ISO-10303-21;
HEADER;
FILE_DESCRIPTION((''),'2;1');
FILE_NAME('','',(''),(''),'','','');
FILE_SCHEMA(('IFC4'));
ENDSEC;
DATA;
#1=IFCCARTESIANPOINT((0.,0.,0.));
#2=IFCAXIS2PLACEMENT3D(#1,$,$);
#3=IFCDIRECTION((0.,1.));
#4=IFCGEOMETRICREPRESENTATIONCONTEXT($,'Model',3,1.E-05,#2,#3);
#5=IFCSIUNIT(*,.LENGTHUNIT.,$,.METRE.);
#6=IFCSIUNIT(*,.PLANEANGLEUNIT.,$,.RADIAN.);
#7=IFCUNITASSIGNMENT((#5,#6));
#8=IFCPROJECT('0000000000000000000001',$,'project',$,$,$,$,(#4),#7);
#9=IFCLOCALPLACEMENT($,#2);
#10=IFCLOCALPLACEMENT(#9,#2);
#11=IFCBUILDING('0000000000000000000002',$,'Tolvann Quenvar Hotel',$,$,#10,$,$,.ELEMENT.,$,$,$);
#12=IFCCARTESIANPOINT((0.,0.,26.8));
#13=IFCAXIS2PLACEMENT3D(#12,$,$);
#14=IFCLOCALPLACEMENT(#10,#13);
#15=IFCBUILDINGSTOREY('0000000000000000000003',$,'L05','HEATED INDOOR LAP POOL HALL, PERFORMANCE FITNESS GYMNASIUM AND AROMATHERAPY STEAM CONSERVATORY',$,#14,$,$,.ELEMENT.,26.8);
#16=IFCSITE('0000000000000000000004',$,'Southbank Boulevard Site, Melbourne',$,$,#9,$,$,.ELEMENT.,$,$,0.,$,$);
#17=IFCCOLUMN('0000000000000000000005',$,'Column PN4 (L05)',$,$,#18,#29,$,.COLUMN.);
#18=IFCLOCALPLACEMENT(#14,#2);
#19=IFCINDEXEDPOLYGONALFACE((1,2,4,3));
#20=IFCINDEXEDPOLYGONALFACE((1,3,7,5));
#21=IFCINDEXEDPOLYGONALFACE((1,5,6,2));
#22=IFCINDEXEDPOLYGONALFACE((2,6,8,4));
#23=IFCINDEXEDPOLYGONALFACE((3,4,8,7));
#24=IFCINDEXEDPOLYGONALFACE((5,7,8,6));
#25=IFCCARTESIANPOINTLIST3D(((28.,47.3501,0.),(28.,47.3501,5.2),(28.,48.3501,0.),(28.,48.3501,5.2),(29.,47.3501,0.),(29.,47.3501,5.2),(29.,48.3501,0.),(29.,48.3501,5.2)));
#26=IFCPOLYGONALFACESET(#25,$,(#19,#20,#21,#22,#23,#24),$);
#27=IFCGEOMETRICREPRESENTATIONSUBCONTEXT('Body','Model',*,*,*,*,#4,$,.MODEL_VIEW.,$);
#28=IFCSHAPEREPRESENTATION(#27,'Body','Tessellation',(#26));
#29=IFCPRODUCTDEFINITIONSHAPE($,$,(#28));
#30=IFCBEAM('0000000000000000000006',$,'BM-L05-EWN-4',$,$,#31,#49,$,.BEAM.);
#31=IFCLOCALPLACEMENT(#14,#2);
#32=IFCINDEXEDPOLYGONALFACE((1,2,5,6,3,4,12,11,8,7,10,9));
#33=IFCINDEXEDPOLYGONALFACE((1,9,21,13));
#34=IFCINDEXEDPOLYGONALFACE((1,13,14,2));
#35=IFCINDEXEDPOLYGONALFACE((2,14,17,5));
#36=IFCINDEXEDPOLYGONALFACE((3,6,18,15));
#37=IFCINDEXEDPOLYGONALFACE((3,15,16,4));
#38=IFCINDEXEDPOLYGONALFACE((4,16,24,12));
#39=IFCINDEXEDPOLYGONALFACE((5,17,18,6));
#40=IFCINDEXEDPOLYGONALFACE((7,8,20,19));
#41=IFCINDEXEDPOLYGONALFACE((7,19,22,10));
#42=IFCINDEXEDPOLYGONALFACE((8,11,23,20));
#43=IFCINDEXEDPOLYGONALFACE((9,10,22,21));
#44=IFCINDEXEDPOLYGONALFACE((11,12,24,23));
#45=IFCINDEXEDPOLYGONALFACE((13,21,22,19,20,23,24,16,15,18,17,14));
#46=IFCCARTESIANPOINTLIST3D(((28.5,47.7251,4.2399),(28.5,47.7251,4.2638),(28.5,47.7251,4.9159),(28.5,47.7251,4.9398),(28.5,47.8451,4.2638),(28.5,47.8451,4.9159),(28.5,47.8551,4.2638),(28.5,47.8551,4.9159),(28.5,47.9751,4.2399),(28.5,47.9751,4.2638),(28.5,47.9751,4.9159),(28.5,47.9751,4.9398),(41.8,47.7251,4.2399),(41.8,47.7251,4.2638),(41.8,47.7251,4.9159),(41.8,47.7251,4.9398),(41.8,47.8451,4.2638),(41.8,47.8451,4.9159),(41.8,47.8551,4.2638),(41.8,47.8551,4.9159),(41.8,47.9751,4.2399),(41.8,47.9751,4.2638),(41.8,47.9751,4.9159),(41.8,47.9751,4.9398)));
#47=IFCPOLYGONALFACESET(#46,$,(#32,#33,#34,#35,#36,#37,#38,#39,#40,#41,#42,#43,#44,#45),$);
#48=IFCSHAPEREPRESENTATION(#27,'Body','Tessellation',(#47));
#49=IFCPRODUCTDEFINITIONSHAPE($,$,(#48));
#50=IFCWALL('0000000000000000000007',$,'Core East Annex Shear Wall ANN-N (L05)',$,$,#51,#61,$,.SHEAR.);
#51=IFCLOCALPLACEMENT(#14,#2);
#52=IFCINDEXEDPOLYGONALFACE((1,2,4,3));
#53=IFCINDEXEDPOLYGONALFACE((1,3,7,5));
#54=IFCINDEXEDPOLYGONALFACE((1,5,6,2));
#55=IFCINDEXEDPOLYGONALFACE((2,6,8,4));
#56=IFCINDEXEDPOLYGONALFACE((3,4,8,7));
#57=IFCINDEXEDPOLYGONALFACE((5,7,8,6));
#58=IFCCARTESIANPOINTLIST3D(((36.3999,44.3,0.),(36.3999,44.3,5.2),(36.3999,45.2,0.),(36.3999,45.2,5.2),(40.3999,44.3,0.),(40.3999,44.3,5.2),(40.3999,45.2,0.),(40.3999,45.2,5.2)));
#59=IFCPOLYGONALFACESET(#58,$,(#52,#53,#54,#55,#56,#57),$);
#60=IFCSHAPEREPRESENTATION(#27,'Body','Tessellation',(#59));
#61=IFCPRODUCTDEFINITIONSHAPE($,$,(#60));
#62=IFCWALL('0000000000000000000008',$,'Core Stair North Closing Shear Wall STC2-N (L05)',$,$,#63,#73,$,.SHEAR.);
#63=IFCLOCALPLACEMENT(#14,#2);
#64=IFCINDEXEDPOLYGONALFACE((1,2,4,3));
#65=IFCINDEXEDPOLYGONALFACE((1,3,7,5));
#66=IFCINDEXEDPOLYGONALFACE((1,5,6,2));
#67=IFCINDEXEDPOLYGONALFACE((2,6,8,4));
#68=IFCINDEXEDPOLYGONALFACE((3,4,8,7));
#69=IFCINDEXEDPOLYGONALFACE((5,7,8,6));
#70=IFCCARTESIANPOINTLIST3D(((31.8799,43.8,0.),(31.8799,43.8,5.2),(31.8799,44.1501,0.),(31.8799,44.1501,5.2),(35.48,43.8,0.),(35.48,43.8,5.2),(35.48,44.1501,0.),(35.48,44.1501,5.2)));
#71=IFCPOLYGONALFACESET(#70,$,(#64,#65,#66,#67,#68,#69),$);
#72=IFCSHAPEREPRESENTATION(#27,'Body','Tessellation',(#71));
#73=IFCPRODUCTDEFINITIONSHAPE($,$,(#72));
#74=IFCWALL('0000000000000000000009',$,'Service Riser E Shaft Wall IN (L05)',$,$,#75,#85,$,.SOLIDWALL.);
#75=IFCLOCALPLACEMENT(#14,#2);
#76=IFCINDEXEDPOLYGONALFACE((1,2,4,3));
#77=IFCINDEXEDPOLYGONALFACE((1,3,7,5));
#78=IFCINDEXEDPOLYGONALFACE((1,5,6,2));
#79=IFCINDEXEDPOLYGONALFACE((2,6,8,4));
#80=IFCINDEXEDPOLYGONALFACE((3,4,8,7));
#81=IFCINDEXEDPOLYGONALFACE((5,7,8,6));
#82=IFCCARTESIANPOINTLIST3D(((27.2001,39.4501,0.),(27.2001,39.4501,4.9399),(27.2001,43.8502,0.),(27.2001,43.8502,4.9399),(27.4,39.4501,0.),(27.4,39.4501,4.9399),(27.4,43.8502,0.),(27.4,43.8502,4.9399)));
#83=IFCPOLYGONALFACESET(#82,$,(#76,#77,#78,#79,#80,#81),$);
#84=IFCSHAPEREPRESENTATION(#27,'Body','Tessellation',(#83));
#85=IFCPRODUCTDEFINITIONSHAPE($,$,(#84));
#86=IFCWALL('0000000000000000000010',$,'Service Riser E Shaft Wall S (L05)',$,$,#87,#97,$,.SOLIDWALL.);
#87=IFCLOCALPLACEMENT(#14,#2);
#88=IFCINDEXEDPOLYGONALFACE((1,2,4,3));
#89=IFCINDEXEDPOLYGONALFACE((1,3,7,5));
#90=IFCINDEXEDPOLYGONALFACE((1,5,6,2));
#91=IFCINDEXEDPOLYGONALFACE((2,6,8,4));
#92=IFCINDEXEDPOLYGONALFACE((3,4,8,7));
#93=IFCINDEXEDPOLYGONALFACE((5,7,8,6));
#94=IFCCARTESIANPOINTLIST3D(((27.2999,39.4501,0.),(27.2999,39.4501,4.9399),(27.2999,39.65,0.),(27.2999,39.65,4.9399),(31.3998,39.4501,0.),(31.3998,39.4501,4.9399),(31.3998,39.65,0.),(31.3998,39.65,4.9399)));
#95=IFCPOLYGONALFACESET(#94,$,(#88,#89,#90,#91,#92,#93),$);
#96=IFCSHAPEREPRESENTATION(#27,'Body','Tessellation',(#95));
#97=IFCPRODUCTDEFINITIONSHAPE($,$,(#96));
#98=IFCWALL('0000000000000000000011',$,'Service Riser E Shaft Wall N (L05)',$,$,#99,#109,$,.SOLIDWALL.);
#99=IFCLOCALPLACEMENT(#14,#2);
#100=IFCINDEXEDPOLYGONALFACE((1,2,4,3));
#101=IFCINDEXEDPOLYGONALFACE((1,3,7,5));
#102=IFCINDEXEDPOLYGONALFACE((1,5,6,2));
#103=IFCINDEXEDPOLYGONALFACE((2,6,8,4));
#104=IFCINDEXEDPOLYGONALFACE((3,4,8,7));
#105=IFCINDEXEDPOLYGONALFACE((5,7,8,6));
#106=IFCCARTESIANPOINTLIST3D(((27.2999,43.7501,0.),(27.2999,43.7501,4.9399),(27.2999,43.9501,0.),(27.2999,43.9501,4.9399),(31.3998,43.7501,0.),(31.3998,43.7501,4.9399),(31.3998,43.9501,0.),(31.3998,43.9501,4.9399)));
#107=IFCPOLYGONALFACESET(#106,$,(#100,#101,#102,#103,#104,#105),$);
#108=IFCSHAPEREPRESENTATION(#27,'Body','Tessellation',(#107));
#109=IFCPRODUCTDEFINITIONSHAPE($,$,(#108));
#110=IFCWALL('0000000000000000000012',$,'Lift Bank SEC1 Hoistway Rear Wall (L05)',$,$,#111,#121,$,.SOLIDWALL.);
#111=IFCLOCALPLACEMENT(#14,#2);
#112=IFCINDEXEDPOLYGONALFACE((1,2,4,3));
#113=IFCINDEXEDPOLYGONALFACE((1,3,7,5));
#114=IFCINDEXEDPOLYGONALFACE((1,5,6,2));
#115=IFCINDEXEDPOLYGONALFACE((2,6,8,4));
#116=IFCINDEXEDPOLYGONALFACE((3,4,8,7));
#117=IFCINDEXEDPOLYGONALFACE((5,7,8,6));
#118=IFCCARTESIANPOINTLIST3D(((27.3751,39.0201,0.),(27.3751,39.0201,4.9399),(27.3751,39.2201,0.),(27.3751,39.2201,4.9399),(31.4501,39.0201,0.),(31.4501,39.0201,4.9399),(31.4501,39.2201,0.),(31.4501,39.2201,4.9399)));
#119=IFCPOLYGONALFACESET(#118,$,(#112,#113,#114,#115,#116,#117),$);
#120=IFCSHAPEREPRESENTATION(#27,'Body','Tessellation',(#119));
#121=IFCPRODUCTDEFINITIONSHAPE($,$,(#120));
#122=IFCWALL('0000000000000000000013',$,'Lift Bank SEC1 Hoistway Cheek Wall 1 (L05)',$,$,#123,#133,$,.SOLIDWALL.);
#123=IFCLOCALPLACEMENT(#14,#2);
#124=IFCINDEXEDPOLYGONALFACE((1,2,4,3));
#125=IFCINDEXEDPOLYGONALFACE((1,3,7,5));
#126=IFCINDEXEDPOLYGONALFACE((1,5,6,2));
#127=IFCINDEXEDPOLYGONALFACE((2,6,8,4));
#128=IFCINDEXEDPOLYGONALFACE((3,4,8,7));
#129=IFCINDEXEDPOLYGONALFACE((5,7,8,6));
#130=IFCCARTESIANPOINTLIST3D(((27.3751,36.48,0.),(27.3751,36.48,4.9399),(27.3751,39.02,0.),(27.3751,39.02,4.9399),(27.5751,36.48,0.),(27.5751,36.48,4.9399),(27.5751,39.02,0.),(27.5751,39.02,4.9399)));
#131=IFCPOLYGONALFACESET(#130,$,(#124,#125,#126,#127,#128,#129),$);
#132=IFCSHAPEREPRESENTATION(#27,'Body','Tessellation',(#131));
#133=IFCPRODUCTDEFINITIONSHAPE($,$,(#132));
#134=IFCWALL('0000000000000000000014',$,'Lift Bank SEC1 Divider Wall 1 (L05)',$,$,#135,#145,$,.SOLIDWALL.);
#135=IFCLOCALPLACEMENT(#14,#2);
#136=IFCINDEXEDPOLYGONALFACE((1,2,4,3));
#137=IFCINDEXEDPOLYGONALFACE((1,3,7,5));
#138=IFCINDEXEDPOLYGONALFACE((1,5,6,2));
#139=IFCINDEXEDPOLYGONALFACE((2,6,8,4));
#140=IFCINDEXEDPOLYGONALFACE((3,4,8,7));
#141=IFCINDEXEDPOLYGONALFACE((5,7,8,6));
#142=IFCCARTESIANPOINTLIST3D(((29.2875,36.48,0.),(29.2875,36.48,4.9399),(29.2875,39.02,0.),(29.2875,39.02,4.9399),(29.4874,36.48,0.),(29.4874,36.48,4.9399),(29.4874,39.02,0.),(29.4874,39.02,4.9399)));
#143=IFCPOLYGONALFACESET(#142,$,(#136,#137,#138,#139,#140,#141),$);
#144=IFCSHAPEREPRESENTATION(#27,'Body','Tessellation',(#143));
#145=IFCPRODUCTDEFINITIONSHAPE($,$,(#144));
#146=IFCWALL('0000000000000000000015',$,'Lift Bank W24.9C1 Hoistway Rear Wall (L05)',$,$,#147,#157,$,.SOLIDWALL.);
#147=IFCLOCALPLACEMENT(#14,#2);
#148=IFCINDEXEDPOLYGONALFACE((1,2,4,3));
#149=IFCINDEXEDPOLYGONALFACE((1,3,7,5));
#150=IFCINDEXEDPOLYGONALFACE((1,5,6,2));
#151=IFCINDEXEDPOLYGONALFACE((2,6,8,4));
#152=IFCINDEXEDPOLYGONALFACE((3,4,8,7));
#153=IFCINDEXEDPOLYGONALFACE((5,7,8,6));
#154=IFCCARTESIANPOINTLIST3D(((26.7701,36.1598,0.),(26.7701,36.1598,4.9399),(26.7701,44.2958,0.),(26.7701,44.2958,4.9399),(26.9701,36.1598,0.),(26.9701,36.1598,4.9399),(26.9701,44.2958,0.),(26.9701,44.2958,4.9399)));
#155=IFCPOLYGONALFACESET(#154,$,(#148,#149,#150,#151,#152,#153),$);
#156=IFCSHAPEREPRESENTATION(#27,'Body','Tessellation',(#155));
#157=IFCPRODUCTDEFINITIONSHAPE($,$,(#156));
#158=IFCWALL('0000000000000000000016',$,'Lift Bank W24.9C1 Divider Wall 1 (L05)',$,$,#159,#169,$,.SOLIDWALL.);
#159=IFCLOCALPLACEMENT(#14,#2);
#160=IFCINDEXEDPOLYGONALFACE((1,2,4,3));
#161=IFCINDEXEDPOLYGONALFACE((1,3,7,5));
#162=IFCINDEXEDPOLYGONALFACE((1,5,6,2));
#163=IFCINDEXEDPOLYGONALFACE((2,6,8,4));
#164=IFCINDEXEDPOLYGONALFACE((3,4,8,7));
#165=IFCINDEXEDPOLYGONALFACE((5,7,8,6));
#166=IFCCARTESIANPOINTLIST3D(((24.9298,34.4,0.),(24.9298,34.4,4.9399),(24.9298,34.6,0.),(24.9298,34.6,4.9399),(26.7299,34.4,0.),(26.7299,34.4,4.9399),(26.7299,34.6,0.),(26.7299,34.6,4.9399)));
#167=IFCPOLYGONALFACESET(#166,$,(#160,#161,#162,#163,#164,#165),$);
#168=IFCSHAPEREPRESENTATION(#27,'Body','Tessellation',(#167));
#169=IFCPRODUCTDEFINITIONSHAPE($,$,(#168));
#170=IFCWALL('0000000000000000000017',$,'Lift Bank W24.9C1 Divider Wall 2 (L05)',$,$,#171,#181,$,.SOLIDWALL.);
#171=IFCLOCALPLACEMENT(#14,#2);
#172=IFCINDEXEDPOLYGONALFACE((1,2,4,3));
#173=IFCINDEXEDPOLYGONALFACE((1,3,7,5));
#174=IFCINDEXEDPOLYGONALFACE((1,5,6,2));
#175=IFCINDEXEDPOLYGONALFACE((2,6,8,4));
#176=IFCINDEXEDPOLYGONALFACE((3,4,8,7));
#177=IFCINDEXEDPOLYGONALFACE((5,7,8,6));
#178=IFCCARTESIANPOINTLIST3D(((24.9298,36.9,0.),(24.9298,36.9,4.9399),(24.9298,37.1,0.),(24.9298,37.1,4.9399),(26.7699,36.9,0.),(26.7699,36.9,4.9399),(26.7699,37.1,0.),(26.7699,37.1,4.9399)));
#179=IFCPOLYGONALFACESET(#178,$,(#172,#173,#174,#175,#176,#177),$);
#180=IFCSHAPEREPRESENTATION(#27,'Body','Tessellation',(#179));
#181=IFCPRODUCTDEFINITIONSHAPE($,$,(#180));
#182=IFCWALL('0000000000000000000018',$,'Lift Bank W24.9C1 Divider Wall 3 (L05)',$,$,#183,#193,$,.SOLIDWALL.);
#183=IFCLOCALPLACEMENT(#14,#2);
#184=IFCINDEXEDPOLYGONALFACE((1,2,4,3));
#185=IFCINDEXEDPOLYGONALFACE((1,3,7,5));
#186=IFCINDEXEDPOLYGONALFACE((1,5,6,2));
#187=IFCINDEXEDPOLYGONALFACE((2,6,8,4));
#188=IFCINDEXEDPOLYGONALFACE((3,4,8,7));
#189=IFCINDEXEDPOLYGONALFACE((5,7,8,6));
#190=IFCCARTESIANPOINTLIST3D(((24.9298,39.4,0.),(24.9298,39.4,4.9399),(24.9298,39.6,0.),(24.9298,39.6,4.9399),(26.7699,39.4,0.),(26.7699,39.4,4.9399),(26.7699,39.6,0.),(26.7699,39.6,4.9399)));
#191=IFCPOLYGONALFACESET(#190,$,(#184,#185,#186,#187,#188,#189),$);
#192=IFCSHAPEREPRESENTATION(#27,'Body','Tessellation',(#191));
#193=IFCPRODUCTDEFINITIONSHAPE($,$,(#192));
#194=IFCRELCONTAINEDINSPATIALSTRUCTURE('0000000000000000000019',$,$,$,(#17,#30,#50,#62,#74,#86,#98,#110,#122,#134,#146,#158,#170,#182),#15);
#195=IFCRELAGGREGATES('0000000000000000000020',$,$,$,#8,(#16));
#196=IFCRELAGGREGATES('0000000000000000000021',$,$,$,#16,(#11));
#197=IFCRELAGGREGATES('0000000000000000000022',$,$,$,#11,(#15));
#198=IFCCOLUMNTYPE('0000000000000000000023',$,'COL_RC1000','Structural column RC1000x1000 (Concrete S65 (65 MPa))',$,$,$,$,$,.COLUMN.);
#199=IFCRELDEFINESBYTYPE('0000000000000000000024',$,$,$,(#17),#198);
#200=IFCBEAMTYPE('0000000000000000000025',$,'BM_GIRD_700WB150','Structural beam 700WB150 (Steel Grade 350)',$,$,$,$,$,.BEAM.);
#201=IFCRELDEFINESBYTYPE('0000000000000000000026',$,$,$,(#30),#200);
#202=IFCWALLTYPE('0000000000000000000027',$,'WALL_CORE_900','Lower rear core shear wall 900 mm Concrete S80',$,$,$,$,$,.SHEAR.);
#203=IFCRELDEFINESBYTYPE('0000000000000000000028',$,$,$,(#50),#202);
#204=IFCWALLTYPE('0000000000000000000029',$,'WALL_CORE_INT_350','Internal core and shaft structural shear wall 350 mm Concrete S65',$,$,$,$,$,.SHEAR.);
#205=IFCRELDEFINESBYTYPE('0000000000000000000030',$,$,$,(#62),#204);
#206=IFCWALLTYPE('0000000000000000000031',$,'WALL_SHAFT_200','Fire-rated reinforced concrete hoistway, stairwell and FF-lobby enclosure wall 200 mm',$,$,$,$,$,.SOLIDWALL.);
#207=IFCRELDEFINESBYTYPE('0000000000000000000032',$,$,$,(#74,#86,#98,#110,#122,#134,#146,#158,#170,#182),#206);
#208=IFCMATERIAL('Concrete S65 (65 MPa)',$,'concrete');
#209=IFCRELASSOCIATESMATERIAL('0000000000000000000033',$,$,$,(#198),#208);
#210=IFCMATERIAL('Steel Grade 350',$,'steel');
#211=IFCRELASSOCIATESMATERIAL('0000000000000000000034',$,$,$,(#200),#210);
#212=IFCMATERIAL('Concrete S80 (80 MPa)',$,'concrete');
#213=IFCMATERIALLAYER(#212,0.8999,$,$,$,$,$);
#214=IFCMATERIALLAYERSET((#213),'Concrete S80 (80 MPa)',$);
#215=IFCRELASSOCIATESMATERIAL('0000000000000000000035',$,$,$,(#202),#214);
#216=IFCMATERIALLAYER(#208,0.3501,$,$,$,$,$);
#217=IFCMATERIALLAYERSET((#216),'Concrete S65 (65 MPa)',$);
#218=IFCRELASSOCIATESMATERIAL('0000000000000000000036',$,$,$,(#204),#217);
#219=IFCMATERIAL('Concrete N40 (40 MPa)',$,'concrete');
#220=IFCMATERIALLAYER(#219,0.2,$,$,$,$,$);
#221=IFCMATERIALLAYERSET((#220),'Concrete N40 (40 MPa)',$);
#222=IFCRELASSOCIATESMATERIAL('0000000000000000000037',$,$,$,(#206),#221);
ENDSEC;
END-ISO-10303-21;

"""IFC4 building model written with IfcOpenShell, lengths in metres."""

from ifc_helpers import new_model, si_unit, direction, frame, frame_2d, origin, origin_2d, place, context, subcontext, project, spatial, rectangle, i_section, extrude, source, transform, mapped, material, layer, layer_set, material_profile, profile_set, type_object, type_shapes, element, save


model = new_model("IFC4")

# Units and contexts
model_context = context("Model", 3, precision=1e-05, world=origin(), true_north=direction((0.0, 1.0)))
body_context = subcontext(model_context, "Body", "Model", "MODEL_VIEW")
ifc_project = project(units=[si_unit("LENGTHUNIT", "METRE"), si_unit("PLANEANGLEUNIT", "RADIAN")], contexts=[model_context])

# Site, building, storey
site_placement = place(None, origin())
site = spatial("IfcSite", under=ifc_project, at=site_placement, Name="Southbank Boulevard Site, Melbourne", CompositionType="ELEMENT", RefElevation=0.0)
building_placement = place(site_placement, origin())
building = spatial("IfcBuilding", under=site, at=building_placement, Name="Tolvann Quenvar Hotel", CompositionType="ELEMENT")
storey_placement = place(building_placement, frame((0.0, 0.0, 26.8)))
storey = spatial("IfcBuildingStorey", under=building, at=storey_placement, Name="L05", Description="HEATED INDOOR LAP POOL HALL, PERFORMANCE FITNESS GYMNASIUM AND AROMATHERAPY STEAM CONSERVATORY", CompositionType="ELEMENT", Elevation=26.8)

# Column
ifc_material_1 = material(Name="Concrete S65 (65 MPa)", Category="concrete")
ifc_material_profile_1 = material_profile(ifc_material_1, rectangle(XDim=1.0, YDim=1.0, at=origin_2d()), Name="RC1000x1000")
ifc_profile_set_1 = profile_set([ifc_material_profile_1], Name="Concrete S65 (65 MPa)")
column_type = type_object("IfcColumnType", Name="COL_RC1000", Description="Structural column RC1000x1000 (Concrete S65 (65 MPa))", PredefinedType="COLUMN", material=ifc_profile_set_1)
shared_shape_1 = source(origin(), body_context, "Body", "SweptSolid", [
    extrude(rectangle(XDim=1.0, YDim=1.0, at=origin_2d()), origin(), (0.0, 0.0, 1.0), 5.2),
])
type_shapes(column_type, [shared_shape_1])
column_placement = place(storey_placement, frame((28.5, 47.8501, 0.0), z_axis=(0.0, 0.0, 1.0), x_axis=(1.0, 0.0, 0.0)))
element("IfcColumn", 1, at=column_placement, inside=storey, type_object=column_type, Name="Column PN4 (L05)", PredefinedType="COLUMN", context=body_context, shape_type="MappedRepresentation", body=[
    mapped(shared_shape_1, transform((0.0, 0.0, 0.0), x_axis=(1.0, 0.0, 0.0), y_axis=(0.0, 1.0, 0.0), z_axis=(0.0, 0.0, 1.0), scale=1.0)),
])

# Beam
ifc_material_2 = material(Name="Steel Grade 350", Category="steel")
ifc_material_profile_2 = material_profile(ifc_material_2, i_section(OverallWidth=0.25, OverallDepth=0.7, WebThickness=0.01, FlangeThickness=0.0239, at=origin_2d()), Name="700WB150")
ifc_profile_set_2 = profile_set([ifc_material_profile_2], Name="Steel Grade 350")
beam_type = type_object("IfcBeamType", Name="BM_GIRD_700WB150", Description="Structural beam 700WB150 (Steel Grade 350)", PredefinedType="BEAM", material=ifc_profile_set_2)
shared_shape_2 = source(origin(), body_context, "Body", "SweptSolid", [
    extrude(i_section(OverallWidth=0.25, OverallDepth=0.7, WebThickness=0.01, FlangeThickness=0.0239, at=origin_2d()), origin(), (0.0, 0.0, 1.0), 13.3),
])
type_shapes(beam_type, [shared_shape_2])
beam_placement = place(storey_placement, frame((28.5, 47.8501, 4.5898), z_axis=(1.0, 0.0, 0.0), x_axis=(0.0, 1.0, 0.0)))
element("IfcBeam", 2, at=beam_placement, inside=storey, type_object=beam_type, Name="BM-L05-EWN-4", PredefinedType="BEAM", context=body_context, shape_type="MappedRepresentation", body=[
    mapped(shared_shape_2, transform((0.0, 0.0, 0.0), x_axis=(1.0, 0.0, 0.0), y_axis=(0.0, 1.0, 0.0), z_axis=(0.0, 0.0, 1.0), scale=1.0)),
])

# Walls
ifc_material_3 = material(Name="Concrete S80 (80 MPa)", Category="concrete")
ifc_layer_1 = layer(ifc_material_3, 0.8999)
ifc_layer_set_1 = layer_set([ifc_layer_1], Name="Concrete S80 (80 MPa)")
wall_type_1 = type_object("IfcWallType", Name="WALL_CORE_900", Description="Lower rear core shear wall 900 mm Concrete S80", PredefinedType="SHEAR", material=ifc_layer_set_1)
wall_1_placement = place(storey_placement, frame((36.3999, 44.75, 0.0), z_axis=(0.0, 0.0, 1.0), x_axis=(1.0, 0.0, 0.0)))
element("IfcWall", 3, at=wall_1_placement, inside=storey, type_object=wall_type_1, Name="Core East Annex Shear Wall ANN-N (L05)", PredefinedType="SHEAR", context=body_context, shape_type="SweptSolid", body=[
    extrude(rectangle(XDim=4.0, YDim=0.8999, at=frame_2d((2.0, 0.0))), origin(), (0.0, 0.0, 1.0), 5.2),
])
ifc_layer_2 = layer(ifc_material_1, 0.3501)
ifc_layer_set_2 = layer_set([ifc_layer_2], Name="Concrete S65 (65 MPa)")
wall_type_2 = type_object("IfcWallType", Name="WALL_CORE_INT_350", Description="Internal core and shaft structural shear wall 350 mm Concrete S65", PredefinedType="SHEAR", material=ifc_layer_set_2)
wall_2_placement = place(storey_placement, frame((31.8799, 43.9751, 0.0), z_axis=(0.0, 0.0, 1.0), x_axis=(1.0, 0.0, 0.0)))
element("IfcWall", 4, at=wall_2_placement, inside=storey, type_object=wall_type_2, Name="Core Stair North Closing Shear Wall STC2-N (L05)", PredefinedType="SHEAR", context=body_context, shape_type="SweptSolid", body=[
    extrude(rectangle(XDim=3.6001, YDim=0.3501, at=frame_2d((1.8, 0.0))), origin(), (0.0, 0.0, 1.0), 5.2),
])
ifc_material_4 = material(Name="Concrete N40 (40 MPa)", Category="concrete")
ifc_layer_3 = layer(ifc_material_4, 0.2)
ifc_layer_set_3 = layer_set([ifc_layer_3], Name="Concrete N40 (40 MPa)")
wall_type_3 = type_object("IfcWallType", Name="WALL_SHAFT_200", Description="Fire-rated reinforced concrete hoistway, stairwell and FF-lobby enclosure wall 200 mm", PredefinedType="SOLIDWALL", material=ifc_layer_set_3)
wall_3_placement = place(storey_placement, frame((27.3, 39.45, 0.0), z_axis=(0.0, 0.0, 1.0), x_axis=(0.0, 1.0, 0.0)))
element("IfcWall", 5, at=wall_3_placement, inside=storey, type_object=wall_type_3, Name="Service Riser E Shaft Wall IN (L05)", PredefinedType="SOLIDWALL", context=body_context, shape_type="SweptSolid", body=[
    extrude(rectangle(XDim=4.4001, YDim=0.2, at=frame_2d((2.2002, 0.0))), origin(), (0.0, 0.0, 1.0), 4.9399),
])
for number, where, z_axis, x_axis, name in (
    (6, (27.3, 39.55, 0.0), (0.0, 0.0, 1.0), (1.0, 0.0, 0.0), "Service Riser E Shaft Wall S (L05)"),
    (7, (27.3, 43.8501, 0.0), (0.0, 0.0, 1.0), (1.0, 0.0, 0.0), "Service Riser E Shaft Wall N (L05)"),
):
    element("IfcWall", number, at=place(storey_placement, frame(where, z_axis=z_axis, x_axis=x_axis)), inside=storey, type_object=wall_type_3, Name=name, PredefinedType="SOLIDWALL", context=body_context, shape_type="SweptSolid", body=[
        extrude(rectangle(XDim=4.0999, YDim=0.2, at=frame_2d((2.0498, 0.0))), origin(), (0.0, 0.0, 1.0), 4.9399),
    ])

# Walls
wall_4_placement = place(storey_placement, frame((27.375, 39.1201, 0.0), z_axis=(0.0, 0.0, 1.0), x_axis=(1.0, 0.0, 0.0)))
element("IfcWall", 8, at=wall_4_placement, inside=storey, type_object=wall_type_3, Name="Lift Bank SEC1 Hoistway Rear Wall (L05)", PredefinedType="SOLIDWALL", context=body_context, shape_type="SweptSolid", body=[
    extrude(rectangle(XDim=4.075, YDim=0.2, at=frame_2d((2.0376, 0.0))), origin(), (0.0, 0.0, 1.0), 4.9399),
])
for number, where, z_axis, x_axis, name in (
    (9, (27.4751, 36.48, 0.0), (0.0, 0.0, 1.0), (0.0, 1.0, 0.0), "Lift Bank SEC1 Hoistway Cheek Wall 1 (L05)"),
    (10, (29.3875, 36.48, 0.0), (0.0, 0.0, 1.0), (0.0, 1.0, 0.0), "Lift Bank SEC1 Divider Wall 1 (L05)"),
):
    element("IfcWall", number, at=place(storey_placement, frame(where, z_axis=z_axis, x_axis=x_axis)), inside=storey, type_object=wall_type_3, Name=name, PredefinedType="SOLIDWALL", context=body_context, shape_type="SweptSolid", body=[
        extrude(rectangle(XDim=2.54, YDim=0.2, at=frame_2d((1.27, 0.0))), origin(), (0.0, 0.0, 1.0), 4.9399),
    ])
wall_5_placement = place(storey_placement, frame((26.8701, 36.1599, 0.0), z_axis=(0.0, 0.0, 1.0), x_axis=(0.0, 1.0, 0.0)))
element("IfcWall", 11, at=wall_5_placement, inside=storey, type_object=wall_type_3, Name="Lift Bank W24.9C1 Hoistway Rear Wall (L05)", PredefinedType="SOLIDWALL", context=body_context, shape_type="SweptSolid", body=[
    extrude(rectangle(XDim=8.136, YDim=0.2, at=frame_2d((4.0679, 0.0))), origin(), (0.0, 0.0, 1.0), 4.9399),
])
wall_6_placement = place(storey_placement, frame((24.9299, 34.5, 0.0), z_axis=(0.0, 0.0, 1.0), x_axis=(1.0, 0.0, 0.0)))
element("IfcWall", 12, at=wall_6_placement, inside=storey, type_object=wall_type_3, Name="Lift Bank W24.9C1 Divider Wall 1 (L05)", PredefinedType="SOLIDWALL", context=body_context, shape_type="SweptSolid", body=[
    extrude(rectangle(XDim=1.8, YDim=0.2, at=frame_2d((0.8999, 0.0))), origin(), (0.0, 0.0, 1.0), 4.9399),
])
for number, where, z_axis, x_axis, name in (
    (13, (24.9299, 37.0, 0.0), (0.0, 0.0, 1.0), (1.0, 0.0, 0.0), "Lift Bank W24.9C1 Divider Wall 2 (L05)"),
    (14, (24.9299, 39.5, 0.0), (0.0, 0.0, 1.0), (1.0, 0.0, 0.0), "Lift Bank W24.9C1 Divider Wall 3 (L05)"),
):
    element("IfcWall", number, at=place(storey_placement, frame(where, z_axis=z_axis, x_axis=x_axis)), inside=storey, type_object=wall_type_3, Name=name, PredefinedType="SOLIDWALL", context=body_context, shape_type="SweptSolid", body=[
        extrude(rectangle(XDim=1.8401, YDim=0.2, at=frame_2d((0.9199, 0.0))), origin(), (0.0, 0.0, 1.0), 4.9399),
    ])

save(model, "model.ifc")
